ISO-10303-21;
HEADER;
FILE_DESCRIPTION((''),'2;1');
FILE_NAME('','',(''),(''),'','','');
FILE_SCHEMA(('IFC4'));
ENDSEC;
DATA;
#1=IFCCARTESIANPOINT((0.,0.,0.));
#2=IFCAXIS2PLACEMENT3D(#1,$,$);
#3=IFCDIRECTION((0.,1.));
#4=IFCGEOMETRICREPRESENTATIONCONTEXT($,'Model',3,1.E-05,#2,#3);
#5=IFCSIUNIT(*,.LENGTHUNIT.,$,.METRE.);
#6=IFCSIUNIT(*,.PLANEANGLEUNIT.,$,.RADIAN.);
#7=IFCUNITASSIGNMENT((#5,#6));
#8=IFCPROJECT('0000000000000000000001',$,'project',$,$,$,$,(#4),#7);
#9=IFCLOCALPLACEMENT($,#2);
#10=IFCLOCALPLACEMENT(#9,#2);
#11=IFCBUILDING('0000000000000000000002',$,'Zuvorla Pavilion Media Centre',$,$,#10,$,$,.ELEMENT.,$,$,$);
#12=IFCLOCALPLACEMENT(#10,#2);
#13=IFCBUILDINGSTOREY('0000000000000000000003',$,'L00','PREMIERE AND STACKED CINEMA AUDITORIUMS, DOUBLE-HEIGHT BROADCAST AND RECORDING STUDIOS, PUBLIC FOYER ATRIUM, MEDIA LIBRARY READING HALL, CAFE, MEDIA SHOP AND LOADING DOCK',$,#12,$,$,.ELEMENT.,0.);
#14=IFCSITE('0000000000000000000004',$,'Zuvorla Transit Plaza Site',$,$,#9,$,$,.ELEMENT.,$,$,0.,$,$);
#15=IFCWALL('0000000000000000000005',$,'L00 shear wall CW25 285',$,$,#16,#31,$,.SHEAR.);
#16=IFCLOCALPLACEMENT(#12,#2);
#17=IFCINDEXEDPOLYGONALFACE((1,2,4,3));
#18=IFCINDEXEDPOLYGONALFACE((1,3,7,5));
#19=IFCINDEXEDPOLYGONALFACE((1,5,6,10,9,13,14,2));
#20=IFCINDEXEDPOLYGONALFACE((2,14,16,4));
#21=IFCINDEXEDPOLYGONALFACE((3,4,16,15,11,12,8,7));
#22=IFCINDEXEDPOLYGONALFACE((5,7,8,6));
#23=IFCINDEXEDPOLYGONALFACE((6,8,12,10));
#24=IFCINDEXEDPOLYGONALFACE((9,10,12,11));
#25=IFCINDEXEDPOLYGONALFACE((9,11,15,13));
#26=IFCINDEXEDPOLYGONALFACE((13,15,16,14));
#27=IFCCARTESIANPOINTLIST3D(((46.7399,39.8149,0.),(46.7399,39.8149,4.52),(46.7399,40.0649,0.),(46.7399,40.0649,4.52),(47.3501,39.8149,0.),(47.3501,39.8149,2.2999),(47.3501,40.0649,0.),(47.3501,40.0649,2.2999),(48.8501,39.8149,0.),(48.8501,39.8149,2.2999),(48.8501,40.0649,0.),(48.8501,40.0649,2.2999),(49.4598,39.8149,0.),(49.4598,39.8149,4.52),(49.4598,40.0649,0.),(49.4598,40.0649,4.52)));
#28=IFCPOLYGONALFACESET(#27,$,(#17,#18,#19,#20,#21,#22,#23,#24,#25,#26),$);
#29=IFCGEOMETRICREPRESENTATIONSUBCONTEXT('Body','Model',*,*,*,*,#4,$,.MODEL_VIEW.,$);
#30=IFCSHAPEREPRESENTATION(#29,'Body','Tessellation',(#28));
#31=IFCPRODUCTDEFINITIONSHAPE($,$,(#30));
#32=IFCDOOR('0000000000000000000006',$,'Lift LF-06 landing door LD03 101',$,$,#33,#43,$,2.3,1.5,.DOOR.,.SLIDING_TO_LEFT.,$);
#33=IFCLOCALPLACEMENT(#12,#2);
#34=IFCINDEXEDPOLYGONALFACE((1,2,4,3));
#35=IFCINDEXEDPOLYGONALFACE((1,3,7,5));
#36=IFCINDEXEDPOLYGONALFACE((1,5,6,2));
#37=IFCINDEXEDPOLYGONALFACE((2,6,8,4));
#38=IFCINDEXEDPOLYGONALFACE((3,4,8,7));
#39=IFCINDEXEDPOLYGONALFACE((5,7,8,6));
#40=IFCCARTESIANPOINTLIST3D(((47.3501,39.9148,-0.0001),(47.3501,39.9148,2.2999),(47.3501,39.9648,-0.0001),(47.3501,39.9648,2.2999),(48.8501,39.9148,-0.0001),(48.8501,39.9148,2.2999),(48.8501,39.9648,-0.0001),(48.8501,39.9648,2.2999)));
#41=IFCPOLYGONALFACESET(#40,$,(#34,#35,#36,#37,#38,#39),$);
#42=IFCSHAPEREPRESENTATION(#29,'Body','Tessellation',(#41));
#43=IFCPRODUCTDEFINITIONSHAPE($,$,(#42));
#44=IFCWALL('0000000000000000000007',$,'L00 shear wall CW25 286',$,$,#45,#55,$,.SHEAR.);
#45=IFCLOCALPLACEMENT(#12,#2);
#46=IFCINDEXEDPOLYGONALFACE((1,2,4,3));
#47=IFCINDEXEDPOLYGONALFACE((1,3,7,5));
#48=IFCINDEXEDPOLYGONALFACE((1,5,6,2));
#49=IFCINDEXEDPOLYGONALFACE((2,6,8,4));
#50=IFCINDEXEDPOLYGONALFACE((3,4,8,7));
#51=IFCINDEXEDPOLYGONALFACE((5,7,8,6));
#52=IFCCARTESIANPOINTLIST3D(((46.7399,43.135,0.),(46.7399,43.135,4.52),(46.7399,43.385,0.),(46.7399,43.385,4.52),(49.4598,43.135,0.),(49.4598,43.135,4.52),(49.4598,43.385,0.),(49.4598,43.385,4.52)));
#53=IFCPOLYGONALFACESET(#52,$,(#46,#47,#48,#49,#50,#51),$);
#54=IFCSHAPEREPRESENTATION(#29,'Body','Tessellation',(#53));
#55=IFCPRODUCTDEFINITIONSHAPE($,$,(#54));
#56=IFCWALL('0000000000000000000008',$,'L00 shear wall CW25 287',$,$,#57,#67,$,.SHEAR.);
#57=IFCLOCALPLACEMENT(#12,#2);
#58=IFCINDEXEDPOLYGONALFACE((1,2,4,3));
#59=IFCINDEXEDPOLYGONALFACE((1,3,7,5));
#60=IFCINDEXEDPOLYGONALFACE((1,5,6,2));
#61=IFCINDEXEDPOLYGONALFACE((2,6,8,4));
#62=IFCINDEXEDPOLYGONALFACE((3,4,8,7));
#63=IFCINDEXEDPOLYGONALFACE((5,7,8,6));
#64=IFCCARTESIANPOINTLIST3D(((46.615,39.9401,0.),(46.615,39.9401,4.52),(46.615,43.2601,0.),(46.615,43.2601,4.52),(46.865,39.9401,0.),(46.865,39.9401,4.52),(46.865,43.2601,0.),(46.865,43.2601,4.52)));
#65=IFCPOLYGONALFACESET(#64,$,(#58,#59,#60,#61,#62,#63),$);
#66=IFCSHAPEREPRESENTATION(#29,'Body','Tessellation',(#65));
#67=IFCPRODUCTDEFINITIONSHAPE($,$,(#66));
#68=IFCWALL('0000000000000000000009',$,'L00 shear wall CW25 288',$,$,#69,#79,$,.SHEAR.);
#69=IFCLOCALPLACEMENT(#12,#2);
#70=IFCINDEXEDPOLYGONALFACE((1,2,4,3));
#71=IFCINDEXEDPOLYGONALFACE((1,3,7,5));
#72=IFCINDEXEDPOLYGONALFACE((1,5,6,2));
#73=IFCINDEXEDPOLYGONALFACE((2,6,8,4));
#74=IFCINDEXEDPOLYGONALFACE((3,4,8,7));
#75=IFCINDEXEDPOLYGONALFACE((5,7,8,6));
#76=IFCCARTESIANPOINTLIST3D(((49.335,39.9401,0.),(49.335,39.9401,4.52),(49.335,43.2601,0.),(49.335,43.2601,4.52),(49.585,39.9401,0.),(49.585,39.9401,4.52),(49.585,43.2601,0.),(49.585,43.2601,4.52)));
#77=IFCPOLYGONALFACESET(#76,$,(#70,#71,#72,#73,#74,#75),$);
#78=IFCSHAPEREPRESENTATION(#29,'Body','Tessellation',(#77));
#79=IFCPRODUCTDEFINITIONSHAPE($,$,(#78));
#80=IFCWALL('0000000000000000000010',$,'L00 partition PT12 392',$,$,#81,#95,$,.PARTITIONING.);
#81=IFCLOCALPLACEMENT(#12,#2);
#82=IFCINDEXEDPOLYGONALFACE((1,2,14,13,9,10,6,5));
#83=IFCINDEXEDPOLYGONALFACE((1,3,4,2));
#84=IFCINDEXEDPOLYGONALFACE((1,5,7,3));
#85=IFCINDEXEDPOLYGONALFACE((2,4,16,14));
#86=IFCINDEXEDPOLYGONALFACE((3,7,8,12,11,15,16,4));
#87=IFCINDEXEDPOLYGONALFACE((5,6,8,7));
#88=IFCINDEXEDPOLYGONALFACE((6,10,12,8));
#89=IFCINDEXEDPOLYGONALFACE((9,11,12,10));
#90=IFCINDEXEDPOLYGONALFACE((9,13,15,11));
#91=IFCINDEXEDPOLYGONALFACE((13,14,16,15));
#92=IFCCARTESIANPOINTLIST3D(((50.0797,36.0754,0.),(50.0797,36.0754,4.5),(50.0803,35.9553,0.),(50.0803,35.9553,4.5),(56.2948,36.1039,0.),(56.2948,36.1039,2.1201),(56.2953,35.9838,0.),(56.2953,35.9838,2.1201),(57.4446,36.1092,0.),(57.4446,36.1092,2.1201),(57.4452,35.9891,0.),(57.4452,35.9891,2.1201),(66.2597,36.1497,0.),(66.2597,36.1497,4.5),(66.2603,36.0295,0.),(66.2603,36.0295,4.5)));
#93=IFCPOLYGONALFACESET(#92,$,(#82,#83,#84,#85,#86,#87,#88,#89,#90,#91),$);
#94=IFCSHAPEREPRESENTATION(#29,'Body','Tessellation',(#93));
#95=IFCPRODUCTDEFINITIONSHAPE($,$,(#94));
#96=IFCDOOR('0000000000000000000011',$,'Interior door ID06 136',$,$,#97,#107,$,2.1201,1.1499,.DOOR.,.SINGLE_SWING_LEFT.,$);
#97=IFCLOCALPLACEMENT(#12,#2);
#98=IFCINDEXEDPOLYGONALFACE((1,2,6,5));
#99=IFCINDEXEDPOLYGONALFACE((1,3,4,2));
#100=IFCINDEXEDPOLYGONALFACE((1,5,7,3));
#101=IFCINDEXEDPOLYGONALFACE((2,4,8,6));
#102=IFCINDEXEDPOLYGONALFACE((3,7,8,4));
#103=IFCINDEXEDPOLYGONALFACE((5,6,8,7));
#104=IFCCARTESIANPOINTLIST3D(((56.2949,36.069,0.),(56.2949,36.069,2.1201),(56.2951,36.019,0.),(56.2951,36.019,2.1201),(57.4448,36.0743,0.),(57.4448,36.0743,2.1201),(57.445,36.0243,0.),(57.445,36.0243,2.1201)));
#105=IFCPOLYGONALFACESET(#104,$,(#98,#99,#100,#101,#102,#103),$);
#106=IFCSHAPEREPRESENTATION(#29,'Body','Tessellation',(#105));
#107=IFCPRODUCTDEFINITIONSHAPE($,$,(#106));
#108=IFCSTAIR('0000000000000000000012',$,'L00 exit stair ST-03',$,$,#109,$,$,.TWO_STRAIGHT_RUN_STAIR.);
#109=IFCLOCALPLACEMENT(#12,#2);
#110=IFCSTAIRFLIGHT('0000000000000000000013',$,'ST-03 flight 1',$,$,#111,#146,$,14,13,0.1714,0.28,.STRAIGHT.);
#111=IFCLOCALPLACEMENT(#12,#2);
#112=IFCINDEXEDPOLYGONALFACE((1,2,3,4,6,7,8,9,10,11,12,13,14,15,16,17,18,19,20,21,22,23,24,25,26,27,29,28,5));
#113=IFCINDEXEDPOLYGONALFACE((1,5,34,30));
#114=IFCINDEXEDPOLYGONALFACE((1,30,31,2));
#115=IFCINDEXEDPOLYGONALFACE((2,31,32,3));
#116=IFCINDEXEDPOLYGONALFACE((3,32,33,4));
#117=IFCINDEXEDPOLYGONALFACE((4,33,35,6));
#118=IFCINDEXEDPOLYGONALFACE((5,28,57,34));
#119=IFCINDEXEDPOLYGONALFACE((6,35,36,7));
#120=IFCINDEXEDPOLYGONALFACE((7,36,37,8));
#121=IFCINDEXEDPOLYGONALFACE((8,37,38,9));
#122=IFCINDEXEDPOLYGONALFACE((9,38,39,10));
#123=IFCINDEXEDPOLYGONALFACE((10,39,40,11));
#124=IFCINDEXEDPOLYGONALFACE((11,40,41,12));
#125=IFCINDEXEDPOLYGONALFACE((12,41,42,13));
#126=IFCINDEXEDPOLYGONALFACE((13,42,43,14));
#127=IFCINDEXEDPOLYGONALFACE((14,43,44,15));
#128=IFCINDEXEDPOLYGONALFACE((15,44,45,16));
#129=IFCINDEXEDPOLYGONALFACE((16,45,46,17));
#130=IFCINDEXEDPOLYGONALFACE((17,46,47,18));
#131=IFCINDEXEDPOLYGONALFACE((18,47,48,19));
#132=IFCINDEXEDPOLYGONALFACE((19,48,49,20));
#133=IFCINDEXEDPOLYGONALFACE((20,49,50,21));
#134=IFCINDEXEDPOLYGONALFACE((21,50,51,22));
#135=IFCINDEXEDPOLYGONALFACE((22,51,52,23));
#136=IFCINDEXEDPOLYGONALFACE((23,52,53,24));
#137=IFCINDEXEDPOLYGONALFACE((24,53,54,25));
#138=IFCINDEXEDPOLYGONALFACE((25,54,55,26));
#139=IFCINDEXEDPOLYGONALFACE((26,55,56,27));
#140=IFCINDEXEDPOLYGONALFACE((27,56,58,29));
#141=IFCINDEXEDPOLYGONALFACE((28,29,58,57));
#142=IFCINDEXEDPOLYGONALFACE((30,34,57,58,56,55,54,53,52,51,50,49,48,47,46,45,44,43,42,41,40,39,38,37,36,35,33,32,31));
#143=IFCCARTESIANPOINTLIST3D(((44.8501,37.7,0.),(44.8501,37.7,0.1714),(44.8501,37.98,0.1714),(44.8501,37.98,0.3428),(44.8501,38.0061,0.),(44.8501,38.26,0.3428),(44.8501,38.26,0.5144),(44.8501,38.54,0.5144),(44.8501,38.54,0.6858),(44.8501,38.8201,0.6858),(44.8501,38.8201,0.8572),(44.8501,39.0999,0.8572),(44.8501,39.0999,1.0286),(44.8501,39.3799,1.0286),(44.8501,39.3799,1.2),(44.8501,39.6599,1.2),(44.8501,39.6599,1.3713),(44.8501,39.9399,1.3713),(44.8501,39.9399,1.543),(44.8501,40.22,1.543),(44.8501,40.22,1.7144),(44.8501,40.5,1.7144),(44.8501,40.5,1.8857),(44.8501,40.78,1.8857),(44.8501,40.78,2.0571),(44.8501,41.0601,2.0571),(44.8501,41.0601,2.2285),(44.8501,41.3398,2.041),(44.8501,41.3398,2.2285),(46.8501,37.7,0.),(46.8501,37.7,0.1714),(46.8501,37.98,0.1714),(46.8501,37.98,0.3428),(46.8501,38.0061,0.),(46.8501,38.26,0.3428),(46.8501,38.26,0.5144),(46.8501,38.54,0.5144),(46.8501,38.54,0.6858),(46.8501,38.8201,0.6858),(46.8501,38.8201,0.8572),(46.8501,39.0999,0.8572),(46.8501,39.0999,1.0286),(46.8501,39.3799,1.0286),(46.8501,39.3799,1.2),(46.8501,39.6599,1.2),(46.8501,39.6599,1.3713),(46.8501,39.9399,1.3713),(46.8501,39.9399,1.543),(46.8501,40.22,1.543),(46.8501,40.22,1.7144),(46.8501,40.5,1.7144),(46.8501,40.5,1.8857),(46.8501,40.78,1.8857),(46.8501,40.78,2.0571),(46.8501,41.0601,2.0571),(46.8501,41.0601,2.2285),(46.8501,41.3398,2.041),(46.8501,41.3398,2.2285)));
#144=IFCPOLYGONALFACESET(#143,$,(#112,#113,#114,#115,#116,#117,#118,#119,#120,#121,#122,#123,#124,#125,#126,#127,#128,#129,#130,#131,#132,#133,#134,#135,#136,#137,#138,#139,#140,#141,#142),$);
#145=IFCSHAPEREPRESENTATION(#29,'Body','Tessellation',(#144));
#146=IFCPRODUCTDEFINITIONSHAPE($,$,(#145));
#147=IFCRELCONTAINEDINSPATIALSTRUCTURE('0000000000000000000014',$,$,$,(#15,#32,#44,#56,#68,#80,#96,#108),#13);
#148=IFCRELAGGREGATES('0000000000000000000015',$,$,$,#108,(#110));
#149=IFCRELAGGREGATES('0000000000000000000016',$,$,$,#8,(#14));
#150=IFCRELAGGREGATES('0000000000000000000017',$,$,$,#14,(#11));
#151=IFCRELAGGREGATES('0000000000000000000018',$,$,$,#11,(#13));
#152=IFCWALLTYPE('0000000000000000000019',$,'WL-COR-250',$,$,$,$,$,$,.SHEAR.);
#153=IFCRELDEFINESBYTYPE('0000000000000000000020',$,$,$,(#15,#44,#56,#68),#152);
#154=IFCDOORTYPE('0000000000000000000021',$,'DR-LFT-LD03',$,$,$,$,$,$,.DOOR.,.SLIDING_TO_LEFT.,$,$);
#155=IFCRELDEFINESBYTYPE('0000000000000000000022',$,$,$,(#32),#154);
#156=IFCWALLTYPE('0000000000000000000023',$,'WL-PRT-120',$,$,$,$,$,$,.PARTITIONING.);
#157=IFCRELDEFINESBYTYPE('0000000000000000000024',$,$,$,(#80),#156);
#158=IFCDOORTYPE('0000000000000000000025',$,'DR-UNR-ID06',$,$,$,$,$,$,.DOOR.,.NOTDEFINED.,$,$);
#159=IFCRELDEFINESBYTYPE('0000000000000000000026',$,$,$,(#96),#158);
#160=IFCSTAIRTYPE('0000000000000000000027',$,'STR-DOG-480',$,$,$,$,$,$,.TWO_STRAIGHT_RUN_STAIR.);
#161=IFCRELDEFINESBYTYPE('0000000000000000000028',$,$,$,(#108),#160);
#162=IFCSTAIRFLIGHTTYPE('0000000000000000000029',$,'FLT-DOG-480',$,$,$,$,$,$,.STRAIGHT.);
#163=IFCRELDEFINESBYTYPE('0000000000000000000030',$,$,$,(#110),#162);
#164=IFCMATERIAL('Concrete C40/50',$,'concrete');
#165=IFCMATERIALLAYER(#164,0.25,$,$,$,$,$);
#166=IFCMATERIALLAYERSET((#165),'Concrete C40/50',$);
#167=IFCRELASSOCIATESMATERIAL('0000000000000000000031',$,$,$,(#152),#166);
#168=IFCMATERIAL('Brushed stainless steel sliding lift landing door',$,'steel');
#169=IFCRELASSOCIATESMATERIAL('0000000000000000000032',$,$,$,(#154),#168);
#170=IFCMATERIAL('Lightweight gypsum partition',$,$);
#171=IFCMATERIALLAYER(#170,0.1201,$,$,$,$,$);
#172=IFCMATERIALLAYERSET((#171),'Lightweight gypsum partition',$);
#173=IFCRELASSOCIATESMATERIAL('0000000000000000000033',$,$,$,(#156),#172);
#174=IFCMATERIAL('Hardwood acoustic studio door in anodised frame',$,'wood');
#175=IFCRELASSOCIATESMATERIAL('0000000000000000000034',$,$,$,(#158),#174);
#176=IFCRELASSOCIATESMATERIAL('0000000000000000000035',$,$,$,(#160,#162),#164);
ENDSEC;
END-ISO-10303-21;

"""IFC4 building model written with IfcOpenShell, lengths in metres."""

from ifc_helpers import new_model, si_unit, direction, frame, frame_2d, origin, place, context, subcontext, project, spatial, polyline, rectangle, outline, extrude, material, layer, layer_set, type_object, element, fill, aggregate, save


model = new_model("IFC4")

# Units and contexts
model_context = context("Model", 3, precision=1e-05, world=origin(), true_north=direction((0.0, 1.0)))
body_context = subcontext(model_context, "Body", "Model", "MODEL_VIEW")
ifc_project = project(units=[si_unit("LENGTHUNIT", "METRE"), si_unit("PLANEANGLEUNIT", "RADIAN")], contexts=[model_context])

# Site, building, storey
site_placement = place(None, origin())
site = spatial("IfcSite", under=ifc_project, at=site_placement, Name="Zuvorla Transit Plaza Site", CompositionType="ELEMENT", RefElevation=0.0)
building_placement = place(site_placement, origin())
building = spatial("IfcBuilding", under=site, at=building_placement, Name="Zuvorla Pavilion Media Centre", CompositionType="ELEMENT")
storey_placement = place(building_placement, origin())
storey = spatial("IfcBuildingStorey", under=building, at=storey_placement, Name="L00", Description="PREMIERE AND STACKED CINEMA AUDITORIUMS, DOUBLE-HEIGHT BROADCAST AND RECORDING STUDIOS, PUBLIC FOYER ATRIUM, MEDIA LIBRARY READING HALL, CAFE, MEDIA SHOP AND LOADING DOCK", CompositionType="ELEMENT", Elevation=0.0)

# Shared definitions
ifc_material_1 = material(Name="Concrete C40/50", Category="concrete")

# Shared definitions
ifc_layer_1 = layer(ifc_material_1, 0.25)
ifc_layer_set_1 = layer_set([ifc_layer_1], Name="Concrete C40/50")
wall_type_1 = type_object("IfcWallType", Name="WL-COR-250", PredefinedType="SHEAR", material=ifc_layer_set_1)

# Shared definitions
ifc_material_2 = material(Name="Brushed stainless steel sliding lift landing door", Category="steel")

# Wall, opening, door
wall_1_placement = place(storey_placement, frame((46.74, 39.9399, 0.0), z_axis=(0.0, 0.0, 1.0), x_axis=(1.0, 0.0, 0.0)))
wall_1 = element("IfcWall", 1, at=wall_1_placement, inside=storey, type_object=wall_type_1, Name="L00 shear wall CW25 285", PredefinedType="SHEAR", context=body_context, shape_type="SweptSolid", body=[
    extrude(rectangle(XDim=2.72, YDim=0.25, at=frame_2d((1.3599, 0.0))), origin(), (0.0, 0.0, 1.0), 4.52),
])
opening_1_placement = place(wall_1_placement, frame((0.6101, 0.0, 0.0)))
opening_1 = element("IfcOpeningElement", 2, at=opening_1_placement, cuts=wall_1, PredefinedType="OPENING", context=body_context, shape_type="SweptSolid", body=[
    extrude(rectangle(XDim=1.5, YDim=2.3, at=frame_2d((0.75, 1.1499))), frame((0.0, 0.135, 0.0), z_axis=(0.0, -1.0, 0.0), x_axis=(1.0, 0.0, 0.0)), (0.0, 0.0, 1.0), 0.27),
])
door_type_1 = type_object("IfcDoorType", Name="DR-LFT-LD03", OperationType="SLIDING_TO_LEFT", PredefinedType="DOOR", material=ifc_material_2)
door_1_placement = place(opening_1_placement, origin())
door_1 = element("IfcDoor", 3, at=door_1_placement, inside=storey, type_object=door_type_1, Name="Lift LF-06 landing door LD03 101", OperationType="SLIDING_TO_LEFT", OverallHeight=2.3, OverallWidth=1.5, PredefinedType="DOOR", context=body_context, shape_type="SweptSolid", body=[
    extrude(rectangle(XDim=1.5, YDim=2.3, at=frame_2d((0.75, 1.1499))), frame((0.0, 0.0249, 0.0), z_axis=(0.0, -1.0, 0.0), x_axis=(1.0, 0.0, 0.0)), (0.0, 0.0, 1.0), 0.05),
])
fill(opening_1, door_1)

# Walls
wall_2_placement = place(storey_placement, frame((46.74, 43.26, 0.0), z_axis=(0.0, 0.0, 1.0), x_axis=(1.0, 0.0, 0.0)))
element("IfcWall", 4, at=wall_2_placement, inside=storey, type_object=wall_type_1, Name="L00 shear wall CW25 286", PredefinedType="SHEAR", context=body_context, shape_type="SweptSolid", body=[
    extrude(rectangle(XDim=2.72, YDim=0.25, at=frame_2d((1.3599, 0.0))), origin(), (0.0, 0.0, 1.0), 4.52),
])
for number, where, z_axis, x_axis, name in (
    (5, (46.74, 39.9399, 0.0), (0.0, 0.0, 1.0), (0.0, 1.0, 0.0), "L00 shear wall CW25 287"),
    (6, (49.46, 39.9399, 0.0), (0.0, 0.0, 1.0), (0.0, 1.0, 0.0), "L00 shear wall CW25 288"),
):
    element("IfcWall", number, at=place(storey_placement, frame(where, z_axis=z_axis, x_axis=x_axis)), inside=storey, type_object=wall_type_1, Name=name, PredefinedType="SHEAR", context=body_context, shape_type="SweptSolid", body=[
        extrude(rectangle(XDim=3.3201, YDim=0.25, at=frame_2d((1.6602, 0.0))), origin(), (0.0, 0.0, 1.0), 4.52),
    ])

# Wall, opening, door
ifc_material_3 = material(Name="Lightweight gypsum partition")
ifc_layer_2 = layer(ifc_material_3, 0.1201)
ifc_layer_set_2 = layer_set([ifc_layer_2], Name="Lightweight gypsum partition")
wall_type_2 = type_object("IfcWallType", Name="WL-PRT-120", PredefinedType="PARTITIONING", material=ifc_layer_set_2)
wall_3_placement = place(storey_placement, frame((66.26, 36.0896, 0.0), z_axis=(0.0, 0.0, 1.0), x_axis=(-0.999989, -0.004587, 0.0)))
wall_3 = element("IfcWall", 7, at=wall_3_placement, inside=storey, type_object=wall_type_2, Name="L00 partition PT12 392", PredefinedType="PARTITIONING", context=body_context, shape_type="SweptSolid", body=[
    extrude(rectangle(XDim=16.1802, YDim=0.1201, at=frame_2d((8.0901, 0.0))), origin(), (0.0, 0.0, 1.0), 4.5),
])
opening_2_placement = place(wall_3_placement, frame((8.8152, 0.0, 0.0)))
opening_2 = element("IfcOpeningElement", 8, at=opening_2_placement, cuts=wall_3, PredefinedType="OPENING", context=body_context, shape_type="SweptSolid", body=[
    extrude(rectangle(XDim=1.1499, YDim=2.1201, at=frame_2d((0.575, 1.0601))), frame((0.0, 0.0701, 0.0), z_axis=(0.0, -1.0, 0.0), x_axis=(1.0, 0.0, 0.0)), (0.0, 0.0, 1.0), 0.1401),
])
ifc_material_4 = material(Name="Hardwood acoustic studio door in anodised frame", Category="wood")
door_type_2 = type_object("IfcDoorType", Name="DR-UNR-ID06", OperationType="NOTDEFINED", PredefinedType="DOOR", material=ifc_material_4)
door_2_placement = place(opening_2_placement, origin())
door_2 = element("IfcDoor", 9, at=door_2_placement, inside=storey, type_object=door_type_2, Name="Interior door ID06 136", OperationType="SINGLE_SWING_LEFT", OverallHeight=2.1201, OverallWidth=1.1499, PredefinedType="DOOR", context=body_context, shape_type="SweptSolid", body=[
    extrude(rectangle(XDim=1.1499, YDim=2.1201, at=frame_2d((0.575, 1.0601))), frame((0.0, 0.0249, 0.0), z_axis=(0.0, -1.0, 0.0), x_axis=(1.0, 0.0, 0.0)), (0.0, 0.0, 1.0), 0.05),
])
fill(opening_2, door_2)

# Stair, stair flight
stair_type = type_object("IfcStairType", Name="STR-DOG-480", PredefinedType="TWO_STRAIGHT_RUN_STAIR", material=ifc_material_1)
stair_placement = place(storey_placement, origin())
stair = element("IfcStair", 10, at=stair_placement, inside=storey, type_object=stair_type, Name="L00 exit stair ST-03", PredefinedType="TWO_STRAIGHT_RUN_STAIR")
stair_flight_type = type_object("IfcStairFlightType", Name="FLT-DOG-480", PredefinedType="STRAIGHT", material=ifc_material_1)
stair_flight_1_placement = place(storey_placement, frame((45.8501, 37.7, 0.0), z_axis=(0.0, 0.0, 1.0), x_axis=(0.0, 1.0, 0.0)))
stair_flight_1 = element("IfcStairFlight", 11, at=stair_flight_1_placement, type_object=stair_flight_type, Name="ST-03 flight 1", NumberOfRisers=14, NumberOfTreads=13, PredefinedType="STRAIGHT", RiserHeight=0.1714, TreadLength=0.28, context=body_context, shape_type="SweptSolid", body=[
    extrude(outline(polyline([(0.0, 0.0), (0.0, 0.1714), (0.28, 0.1714), (0.28, 0.3428), (0.5601, 0.3428), (0.5601, 0.5144), (0.8401, 0.5144), (0.8401, 0.6858), (1.1201, 0.6858), (1.1201, 0.8572), (1.3999, 0.8572), (1.3999, 1.0286), (1.6799, 1.0286), (1.6799, 1.2), (1.96, 1.2), (1.96, 1.3713), (2.24, 1.3713), (2.24, 1.543), (2.52, 1.543), (2.52, 1.7144), (2.8, 1.7144), (2.8, 1.8857), (3.0801, 1.8857), (3.0801, 2.0571), (3.3601, 2.0571), (3.3601, 2.2285), (3.6399, 2.2285), (3.6399, 2.3999), (3.6399, 2.041), (0.3062, 0.0), (0.0, 0.0)])), frame((0.0, 1.0, 0.0), z_axis=(0.0, -1.0, 0.0), x_axis=(1.0, 0.0, 0.0)), (0.0, 0.0, 1.0), 2.0),
])
aggregate(stair, [stair_flight_1])

save(model, "model.ifc")
